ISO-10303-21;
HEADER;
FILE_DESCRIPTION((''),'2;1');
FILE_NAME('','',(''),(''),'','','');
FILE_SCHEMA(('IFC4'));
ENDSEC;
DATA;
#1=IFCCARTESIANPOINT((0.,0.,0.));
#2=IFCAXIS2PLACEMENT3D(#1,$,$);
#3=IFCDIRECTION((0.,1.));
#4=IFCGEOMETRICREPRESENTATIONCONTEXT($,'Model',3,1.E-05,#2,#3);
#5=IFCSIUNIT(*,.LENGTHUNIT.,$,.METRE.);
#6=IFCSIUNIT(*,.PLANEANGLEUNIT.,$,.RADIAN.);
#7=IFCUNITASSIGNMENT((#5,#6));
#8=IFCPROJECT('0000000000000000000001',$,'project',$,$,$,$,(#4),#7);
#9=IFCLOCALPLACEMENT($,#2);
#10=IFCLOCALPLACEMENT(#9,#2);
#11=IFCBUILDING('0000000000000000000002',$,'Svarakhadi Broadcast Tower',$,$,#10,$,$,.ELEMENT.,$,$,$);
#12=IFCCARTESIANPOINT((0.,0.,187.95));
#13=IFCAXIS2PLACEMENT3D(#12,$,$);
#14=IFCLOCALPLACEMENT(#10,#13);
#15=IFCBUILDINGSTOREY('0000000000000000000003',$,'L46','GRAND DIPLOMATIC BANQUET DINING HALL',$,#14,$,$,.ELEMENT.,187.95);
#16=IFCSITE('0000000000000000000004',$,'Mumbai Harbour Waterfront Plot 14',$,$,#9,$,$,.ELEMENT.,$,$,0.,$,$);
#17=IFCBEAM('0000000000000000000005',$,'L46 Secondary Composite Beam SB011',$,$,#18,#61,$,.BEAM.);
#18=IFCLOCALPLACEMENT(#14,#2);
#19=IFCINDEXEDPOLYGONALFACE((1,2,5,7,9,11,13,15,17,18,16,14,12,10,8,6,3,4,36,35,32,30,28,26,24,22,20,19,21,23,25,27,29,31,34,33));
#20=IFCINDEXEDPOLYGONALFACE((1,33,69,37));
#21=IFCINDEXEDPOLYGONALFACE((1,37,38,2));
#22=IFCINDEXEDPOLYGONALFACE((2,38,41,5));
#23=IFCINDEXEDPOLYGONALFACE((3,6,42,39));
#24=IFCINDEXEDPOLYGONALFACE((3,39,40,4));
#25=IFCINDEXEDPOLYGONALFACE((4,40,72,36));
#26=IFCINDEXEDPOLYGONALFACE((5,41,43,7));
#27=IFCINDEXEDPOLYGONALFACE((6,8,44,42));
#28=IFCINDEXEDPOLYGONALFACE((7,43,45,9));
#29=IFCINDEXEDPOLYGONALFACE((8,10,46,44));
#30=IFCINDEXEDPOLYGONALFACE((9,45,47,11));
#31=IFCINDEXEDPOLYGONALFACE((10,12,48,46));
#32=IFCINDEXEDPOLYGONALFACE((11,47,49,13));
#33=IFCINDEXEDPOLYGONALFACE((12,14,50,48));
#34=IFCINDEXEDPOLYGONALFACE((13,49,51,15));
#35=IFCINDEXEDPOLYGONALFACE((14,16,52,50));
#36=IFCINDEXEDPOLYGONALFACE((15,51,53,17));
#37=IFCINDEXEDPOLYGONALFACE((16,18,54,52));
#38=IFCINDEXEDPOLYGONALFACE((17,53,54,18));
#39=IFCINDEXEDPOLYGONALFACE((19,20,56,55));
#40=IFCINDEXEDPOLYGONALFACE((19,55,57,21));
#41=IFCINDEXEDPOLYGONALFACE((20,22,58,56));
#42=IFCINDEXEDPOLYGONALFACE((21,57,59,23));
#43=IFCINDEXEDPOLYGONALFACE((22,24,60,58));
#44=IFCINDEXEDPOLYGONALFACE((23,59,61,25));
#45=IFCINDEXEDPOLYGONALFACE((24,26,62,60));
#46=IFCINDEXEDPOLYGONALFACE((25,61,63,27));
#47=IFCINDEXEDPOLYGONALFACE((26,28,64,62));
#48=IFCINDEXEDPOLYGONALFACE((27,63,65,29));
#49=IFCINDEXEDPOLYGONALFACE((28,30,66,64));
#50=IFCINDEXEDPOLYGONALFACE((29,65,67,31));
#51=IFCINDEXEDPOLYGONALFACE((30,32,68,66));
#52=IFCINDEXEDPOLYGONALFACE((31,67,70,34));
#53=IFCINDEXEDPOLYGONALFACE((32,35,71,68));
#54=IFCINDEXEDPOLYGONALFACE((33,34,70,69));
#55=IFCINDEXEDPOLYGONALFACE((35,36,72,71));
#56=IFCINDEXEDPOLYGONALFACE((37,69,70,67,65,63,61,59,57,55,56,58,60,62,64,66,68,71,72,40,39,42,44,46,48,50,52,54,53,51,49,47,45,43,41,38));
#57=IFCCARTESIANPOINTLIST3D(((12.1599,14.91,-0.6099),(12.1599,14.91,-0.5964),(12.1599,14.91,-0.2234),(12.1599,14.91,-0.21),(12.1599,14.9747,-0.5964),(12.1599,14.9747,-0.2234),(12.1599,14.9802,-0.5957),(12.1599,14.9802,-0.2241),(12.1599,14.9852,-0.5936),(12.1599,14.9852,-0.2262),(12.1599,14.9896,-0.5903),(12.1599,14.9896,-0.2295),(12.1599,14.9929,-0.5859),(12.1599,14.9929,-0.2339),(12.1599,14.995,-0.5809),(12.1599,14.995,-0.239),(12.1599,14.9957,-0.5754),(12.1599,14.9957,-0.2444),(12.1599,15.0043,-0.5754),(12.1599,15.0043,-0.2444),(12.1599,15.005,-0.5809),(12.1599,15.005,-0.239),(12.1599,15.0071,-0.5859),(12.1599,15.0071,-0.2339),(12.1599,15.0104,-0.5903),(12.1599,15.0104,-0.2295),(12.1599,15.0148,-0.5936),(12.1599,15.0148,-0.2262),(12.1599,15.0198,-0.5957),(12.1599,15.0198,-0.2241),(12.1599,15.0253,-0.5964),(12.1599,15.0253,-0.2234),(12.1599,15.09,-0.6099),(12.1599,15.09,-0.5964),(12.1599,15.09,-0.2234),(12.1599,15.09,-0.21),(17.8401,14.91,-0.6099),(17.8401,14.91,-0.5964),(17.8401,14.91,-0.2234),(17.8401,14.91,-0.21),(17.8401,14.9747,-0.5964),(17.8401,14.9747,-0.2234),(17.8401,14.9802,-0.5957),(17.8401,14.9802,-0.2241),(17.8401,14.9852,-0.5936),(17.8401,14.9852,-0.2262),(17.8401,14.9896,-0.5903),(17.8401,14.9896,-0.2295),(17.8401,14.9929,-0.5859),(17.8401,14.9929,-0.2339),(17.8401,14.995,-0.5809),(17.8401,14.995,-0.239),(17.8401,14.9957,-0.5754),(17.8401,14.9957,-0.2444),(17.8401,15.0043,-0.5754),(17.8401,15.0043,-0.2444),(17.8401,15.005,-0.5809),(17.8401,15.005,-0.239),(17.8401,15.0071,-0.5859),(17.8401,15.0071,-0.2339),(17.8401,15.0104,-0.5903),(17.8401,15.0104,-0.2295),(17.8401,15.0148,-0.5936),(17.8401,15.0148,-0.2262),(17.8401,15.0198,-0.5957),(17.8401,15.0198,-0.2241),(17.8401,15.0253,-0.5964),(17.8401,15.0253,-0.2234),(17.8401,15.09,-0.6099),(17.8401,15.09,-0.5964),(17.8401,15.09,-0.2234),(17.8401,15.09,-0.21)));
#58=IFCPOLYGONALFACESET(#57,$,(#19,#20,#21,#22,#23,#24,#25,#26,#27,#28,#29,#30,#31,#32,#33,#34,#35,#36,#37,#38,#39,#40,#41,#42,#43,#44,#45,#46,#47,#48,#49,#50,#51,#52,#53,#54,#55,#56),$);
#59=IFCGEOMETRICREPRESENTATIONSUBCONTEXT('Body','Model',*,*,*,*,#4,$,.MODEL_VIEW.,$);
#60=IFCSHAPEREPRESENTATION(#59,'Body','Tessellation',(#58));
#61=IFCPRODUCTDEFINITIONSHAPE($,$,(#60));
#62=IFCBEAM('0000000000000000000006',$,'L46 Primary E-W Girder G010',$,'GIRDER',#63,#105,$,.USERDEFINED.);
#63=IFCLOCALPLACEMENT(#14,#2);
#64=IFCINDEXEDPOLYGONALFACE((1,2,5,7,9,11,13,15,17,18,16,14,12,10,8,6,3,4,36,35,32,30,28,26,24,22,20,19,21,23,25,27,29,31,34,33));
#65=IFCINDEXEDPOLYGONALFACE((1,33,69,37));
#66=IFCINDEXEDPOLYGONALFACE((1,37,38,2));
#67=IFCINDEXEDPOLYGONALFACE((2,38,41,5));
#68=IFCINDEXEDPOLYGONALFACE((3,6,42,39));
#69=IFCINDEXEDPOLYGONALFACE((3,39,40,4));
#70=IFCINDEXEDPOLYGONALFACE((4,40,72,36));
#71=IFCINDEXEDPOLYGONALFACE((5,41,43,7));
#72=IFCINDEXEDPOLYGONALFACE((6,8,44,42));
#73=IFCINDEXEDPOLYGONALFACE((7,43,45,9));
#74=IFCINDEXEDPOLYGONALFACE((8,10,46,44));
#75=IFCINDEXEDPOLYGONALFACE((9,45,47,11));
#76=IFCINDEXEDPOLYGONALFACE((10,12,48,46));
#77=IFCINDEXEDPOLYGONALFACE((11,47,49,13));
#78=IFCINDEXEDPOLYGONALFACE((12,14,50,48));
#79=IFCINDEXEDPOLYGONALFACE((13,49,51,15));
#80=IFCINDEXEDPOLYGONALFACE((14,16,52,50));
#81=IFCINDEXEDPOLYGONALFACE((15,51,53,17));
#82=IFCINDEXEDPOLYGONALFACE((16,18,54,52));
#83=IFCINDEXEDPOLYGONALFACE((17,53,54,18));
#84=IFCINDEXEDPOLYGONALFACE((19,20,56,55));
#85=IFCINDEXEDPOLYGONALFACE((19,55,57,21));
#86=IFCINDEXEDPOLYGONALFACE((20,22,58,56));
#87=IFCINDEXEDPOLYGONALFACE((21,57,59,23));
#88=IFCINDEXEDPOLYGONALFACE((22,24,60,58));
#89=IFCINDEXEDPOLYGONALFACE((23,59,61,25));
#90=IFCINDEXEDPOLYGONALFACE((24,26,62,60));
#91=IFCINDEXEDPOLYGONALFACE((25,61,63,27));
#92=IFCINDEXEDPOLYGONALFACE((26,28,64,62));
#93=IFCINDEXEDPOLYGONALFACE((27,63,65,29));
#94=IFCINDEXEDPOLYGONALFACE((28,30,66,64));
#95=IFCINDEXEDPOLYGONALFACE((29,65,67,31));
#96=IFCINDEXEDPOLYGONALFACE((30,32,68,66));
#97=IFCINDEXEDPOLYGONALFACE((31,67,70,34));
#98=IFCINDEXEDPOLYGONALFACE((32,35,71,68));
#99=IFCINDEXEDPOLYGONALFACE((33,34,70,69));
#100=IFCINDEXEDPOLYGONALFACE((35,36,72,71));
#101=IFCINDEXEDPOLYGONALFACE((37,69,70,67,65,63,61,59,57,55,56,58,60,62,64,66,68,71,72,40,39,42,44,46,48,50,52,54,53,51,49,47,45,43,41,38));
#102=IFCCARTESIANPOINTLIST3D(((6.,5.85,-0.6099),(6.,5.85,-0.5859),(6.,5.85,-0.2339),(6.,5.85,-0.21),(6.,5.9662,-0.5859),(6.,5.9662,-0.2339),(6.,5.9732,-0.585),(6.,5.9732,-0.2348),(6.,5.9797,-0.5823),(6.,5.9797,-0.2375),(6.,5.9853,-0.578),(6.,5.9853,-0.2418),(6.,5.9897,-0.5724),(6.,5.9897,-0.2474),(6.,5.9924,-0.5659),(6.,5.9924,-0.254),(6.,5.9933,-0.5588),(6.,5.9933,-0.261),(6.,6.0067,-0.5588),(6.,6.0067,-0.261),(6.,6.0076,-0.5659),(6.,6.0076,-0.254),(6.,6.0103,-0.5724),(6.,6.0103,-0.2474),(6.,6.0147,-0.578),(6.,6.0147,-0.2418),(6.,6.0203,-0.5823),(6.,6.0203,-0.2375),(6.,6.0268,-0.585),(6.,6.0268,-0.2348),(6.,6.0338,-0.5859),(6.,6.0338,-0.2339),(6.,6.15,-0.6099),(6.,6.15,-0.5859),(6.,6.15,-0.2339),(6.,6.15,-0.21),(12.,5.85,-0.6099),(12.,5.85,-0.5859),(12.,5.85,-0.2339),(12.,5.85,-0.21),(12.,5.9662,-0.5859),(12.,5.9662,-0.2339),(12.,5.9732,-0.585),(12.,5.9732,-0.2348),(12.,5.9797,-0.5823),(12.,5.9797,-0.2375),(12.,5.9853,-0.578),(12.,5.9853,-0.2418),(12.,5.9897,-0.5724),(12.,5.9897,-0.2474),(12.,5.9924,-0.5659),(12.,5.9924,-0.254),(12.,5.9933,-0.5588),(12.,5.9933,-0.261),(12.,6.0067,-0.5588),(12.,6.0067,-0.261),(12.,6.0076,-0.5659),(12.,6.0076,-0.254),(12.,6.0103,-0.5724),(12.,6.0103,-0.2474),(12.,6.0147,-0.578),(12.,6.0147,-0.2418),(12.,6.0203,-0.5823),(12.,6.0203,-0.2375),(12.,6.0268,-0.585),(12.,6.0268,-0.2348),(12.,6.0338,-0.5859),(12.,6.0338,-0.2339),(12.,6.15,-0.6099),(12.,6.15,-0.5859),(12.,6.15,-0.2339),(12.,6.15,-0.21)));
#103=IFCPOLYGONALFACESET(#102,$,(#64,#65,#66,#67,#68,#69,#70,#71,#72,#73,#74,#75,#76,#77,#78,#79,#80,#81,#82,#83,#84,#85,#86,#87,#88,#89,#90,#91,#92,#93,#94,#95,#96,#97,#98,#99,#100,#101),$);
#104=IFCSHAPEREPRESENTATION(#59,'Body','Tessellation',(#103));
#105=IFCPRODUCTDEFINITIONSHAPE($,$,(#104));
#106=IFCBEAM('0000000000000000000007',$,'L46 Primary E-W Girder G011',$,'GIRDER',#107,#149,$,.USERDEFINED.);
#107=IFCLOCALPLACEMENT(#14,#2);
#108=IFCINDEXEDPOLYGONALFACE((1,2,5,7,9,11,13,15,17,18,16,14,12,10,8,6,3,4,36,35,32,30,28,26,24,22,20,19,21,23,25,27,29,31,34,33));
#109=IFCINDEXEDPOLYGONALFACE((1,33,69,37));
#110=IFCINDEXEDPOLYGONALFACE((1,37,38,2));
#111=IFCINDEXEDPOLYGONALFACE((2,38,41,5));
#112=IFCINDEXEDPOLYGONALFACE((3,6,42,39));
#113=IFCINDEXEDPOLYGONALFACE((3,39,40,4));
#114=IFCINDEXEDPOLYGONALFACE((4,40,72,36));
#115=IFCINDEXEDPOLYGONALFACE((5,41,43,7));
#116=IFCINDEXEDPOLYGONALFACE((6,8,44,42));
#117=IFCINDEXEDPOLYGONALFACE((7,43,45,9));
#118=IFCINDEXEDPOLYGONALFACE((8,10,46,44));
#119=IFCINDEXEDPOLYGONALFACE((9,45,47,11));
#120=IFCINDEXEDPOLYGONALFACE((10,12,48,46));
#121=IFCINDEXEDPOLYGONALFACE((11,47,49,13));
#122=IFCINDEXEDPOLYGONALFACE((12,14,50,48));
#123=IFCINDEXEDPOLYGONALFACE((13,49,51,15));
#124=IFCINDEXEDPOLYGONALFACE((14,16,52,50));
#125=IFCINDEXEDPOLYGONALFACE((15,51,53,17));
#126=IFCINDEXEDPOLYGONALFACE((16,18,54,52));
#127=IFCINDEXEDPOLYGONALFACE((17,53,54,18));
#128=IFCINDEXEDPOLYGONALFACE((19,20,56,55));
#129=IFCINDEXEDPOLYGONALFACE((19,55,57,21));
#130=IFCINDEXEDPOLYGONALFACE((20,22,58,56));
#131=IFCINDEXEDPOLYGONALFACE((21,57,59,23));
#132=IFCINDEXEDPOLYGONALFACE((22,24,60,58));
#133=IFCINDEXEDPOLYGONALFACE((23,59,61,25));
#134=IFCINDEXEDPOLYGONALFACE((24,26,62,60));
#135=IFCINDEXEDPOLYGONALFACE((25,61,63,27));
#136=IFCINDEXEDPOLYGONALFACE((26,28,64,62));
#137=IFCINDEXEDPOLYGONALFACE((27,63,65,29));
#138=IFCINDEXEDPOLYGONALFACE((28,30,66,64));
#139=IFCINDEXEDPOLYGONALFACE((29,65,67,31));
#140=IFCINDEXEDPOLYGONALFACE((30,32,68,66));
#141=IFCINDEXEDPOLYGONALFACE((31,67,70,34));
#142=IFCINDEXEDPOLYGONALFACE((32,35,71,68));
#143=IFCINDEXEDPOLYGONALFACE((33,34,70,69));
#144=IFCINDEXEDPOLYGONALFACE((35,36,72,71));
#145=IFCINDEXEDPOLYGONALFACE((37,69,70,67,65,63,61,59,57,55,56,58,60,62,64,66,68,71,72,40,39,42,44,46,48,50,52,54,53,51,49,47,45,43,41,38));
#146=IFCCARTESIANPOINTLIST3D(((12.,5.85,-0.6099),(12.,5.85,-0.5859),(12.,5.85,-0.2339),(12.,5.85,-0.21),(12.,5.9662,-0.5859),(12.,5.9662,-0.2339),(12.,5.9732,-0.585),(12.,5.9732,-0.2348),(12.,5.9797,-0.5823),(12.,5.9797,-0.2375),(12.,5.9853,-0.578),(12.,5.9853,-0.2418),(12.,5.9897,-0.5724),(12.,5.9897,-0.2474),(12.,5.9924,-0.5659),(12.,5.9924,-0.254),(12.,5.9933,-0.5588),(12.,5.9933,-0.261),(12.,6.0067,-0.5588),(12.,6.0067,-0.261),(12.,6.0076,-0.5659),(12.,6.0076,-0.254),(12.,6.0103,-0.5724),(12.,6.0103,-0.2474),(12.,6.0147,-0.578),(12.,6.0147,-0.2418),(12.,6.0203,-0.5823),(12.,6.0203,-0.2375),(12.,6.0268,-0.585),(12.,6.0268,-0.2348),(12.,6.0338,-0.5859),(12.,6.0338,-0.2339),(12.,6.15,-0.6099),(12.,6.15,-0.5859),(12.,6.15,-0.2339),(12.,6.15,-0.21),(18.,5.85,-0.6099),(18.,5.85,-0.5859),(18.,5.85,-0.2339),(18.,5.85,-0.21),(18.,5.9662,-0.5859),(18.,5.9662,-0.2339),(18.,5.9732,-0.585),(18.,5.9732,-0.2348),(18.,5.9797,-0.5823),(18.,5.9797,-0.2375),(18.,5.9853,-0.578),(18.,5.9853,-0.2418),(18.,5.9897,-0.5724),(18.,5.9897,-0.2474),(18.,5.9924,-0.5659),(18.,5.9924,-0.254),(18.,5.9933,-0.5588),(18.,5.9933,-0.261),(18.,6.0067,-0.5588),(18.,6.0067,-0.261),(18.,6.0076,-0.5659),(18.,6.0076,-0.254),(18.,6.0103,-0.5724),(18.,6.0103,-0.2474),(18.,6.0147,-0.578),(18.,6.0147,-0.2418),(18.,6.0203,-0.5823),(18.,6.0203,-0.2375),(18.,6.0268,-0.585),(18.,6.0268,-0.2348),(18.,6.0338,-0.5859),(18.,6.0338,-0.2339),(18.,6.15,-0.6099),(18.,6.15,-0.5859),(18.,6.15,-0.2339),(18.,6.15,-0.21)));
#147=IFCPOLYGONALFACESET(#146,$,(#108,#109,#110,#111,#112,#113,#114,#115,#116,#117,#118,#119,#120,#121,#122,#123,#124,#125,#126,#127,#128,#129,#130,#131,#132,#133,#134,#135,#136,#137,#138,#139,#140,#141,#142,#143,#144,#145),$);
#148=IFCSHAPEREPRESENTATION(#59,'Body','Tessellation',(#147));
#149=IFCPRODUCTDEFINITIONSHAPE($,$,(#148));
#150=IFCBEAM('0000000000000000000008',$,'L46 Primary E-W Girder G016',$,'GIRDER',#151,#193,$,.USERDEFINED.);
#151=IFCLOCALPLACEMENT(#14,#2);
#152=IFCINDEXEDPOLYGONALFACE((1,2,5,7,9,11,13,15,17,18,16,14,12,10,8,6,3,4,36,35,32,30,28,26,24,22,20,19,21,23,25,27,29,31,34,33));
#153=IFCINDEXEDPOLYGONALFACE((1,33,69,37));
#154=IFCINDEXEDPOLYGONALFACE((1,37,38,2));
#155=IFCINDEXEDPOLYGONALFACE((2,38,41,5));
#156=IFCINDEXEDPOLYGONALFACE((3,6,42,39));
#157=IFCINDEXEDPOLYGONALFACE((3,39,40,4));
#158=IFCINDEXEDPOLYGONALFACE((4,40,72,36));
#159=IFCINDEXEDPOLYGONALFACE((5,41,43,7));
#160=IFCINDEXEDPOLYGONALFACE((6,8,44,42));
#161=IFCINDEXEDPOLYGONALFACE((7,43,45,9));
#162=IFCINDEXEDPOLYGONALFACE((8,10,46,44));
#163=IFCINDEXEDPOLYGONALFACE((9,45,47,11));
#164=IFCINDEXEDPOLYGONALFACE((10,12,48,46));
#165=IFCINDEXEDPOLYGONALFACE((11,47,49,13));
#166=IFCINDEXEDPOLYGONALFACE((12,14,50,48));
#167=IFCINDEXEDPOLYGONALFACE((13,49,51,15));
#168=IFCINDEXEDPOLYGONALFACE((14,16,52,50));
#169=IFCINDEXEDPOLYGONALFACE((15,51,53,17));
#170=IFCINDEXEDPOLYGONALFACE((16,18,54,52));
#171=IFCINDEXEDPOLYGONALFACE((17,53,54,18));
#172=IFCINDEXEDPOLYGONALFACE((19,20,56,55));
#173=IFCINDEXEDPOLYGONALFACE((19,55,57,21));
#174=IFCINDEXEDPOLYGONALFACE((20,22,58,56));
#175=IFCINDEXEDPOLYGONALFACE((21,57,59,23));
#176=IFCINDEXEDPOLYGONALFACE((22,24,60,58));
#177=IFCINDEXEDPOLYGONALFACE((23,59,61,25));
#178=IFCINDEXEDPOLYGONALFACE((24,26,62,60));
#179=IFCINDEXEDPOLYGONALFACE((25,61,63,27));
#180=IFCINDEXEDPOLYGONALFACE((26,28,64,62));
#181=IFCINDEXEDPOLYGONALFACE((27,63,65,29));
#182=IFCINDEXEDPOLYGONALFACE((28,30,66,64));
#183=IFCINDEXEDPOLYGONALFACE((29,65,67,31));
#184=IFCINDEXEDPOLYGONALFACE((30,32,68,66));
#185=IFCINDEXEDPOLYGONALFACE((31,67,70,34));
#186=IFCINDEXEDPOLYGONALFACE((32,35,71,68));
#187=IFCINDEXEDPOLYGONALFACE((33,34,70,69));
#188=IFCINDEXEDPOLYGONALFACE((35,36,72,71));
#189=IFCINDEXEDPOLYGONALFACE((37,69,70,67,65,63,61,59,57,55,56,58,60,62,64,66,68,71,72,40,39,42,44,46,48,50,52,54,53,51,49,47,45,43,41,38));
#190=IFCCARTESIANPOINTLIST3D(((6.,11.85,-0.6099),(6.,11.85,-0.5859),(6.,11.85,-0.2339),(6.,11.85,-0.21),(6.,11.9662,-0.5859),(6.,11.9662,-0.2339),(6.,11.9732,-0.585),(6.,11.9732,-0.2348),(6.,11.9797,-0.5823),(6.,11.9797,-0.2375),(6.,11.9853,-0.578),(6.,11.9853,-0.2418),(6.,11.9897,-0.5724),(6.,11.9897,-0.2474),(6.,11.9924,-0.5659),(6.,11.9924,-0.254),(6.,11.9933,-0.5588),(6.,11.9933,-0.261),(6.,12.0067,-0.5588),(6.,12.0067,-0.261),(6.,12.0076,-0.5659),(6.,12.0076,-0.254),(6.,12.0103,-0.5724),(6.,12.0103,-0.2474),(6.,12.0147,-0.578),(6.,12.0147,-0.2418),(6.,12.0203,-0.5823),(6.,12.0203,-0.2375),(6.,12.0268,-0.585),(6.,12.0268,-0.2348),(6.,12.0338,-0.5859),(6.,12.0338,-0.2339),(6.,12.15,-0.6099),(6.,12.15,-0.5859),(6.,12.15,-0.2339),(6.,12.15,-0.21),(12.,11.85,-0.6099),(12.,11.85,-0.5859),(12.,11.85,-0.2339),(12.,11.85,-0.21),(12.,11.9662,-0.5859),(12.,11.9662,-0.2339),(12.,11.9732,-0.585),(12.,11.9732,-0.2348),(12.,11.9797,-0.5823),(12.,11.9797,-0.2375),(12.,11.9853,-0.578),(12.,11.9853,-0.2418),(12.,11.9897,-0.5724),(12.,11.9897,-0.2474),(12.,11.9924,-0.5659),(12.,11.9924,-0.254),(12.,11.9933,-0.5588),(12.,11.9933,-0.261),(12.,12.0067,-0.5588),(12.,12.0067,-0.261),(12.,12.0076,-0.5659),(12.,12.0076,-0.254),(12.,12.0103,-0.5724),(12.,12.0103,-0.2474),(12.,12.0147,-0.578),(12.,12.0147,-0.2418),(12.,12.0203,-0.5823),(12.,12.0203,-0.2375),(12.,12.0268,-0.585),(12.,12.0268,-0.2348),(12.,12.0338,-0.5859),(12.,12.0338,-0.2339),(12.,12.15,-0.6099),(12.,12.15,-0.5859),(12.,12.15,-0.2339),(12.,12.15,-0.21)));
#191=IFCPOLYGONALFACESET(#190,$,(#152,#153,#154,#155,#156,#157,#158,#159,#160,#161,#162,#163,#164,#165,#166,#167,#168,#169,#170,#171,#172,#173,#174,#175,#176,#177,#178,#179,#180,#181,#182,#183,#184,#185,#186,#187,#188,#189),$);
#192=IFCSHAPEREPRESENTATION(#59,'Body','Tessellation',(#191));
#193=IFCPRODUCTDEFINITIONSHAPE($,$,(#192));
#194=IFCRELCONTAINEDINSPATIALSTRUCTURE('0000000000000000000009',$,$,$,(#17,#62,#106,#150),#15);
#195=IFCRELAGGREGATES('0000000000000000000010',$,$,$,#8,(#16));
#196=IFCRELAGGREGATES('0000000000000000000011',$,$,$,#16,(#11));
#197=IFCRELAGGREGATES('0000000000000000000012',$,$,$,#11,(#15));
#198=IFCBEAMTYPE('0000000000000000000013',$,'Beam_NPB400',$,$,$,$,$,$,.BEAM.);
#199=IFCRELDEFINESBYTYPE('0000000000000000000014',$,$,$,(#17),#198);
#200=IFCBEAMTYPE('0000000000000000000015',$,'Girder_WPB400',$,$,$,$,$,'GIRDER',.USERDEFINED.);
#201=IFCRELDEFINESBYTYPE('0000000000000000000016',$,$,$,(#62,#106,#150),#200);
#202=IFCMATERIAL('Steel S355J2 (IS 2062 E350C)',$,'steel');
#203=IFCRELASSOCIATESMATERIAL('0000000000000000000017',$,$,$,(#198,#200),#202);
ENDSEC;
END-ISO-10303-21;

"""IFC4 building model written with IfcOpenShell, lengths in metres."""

from ifc_helpers import new_model, si_unit, direction, frame, origin, origin_2d, place, context, subcontext, project, spatial, i_section, extrude, material, material_profile, profile_set, type_object, element, save


model = new_model("IFC4")

# Units and contexts
model_context = context("Model", 3, precision=1e-05, world=origin(), true_north=direction((0.0, 1.0)))
body_context = subcontext(model_context, "Body", "Model", "MODEL_VIEW")
ifc_project = project(units=[si_unit("LENGTHUNIT", "METRE"), si_unit("PLANEANGLEUNIT", "RADIAN")], contexts=[model_context])

# Site, building, storey
site_placement = place(None, origin())
site = spatial("IfcSite", under=ifc_project, at=site_placement, Name="Mumbai Harbour Waterfront Plot 14", CompositionType="ELEMENT", RefElevation=0.0)
building_placement = place(site_placement, origin())
building = spatial("IfcBuilding", under=site, at=building_placement, Name="Svarakhadi Broadcast Tower", CompositionType="ELEMENT")
storey_placement = place(building_placement, frame((0.0, 0.0, 187.95)))
storey = spatial("IfcBuildingStorey", under=building, at=storey_placement, Name="L46", Description="GRAND DIPLOMATIC BANQUET DINING HALL", CompositionType="ELEMENT", Elevation=187.95)

# Beams
ifc_material_1 = material(Name="Steel S355J2 (IS 2062 E350C)", Category="steel")
ifc_material_profile_1 = material_profile(ifc_material_1, i_section(OverallWidth=0.1799, OverallDepth=0.3999, WebThickness=0.0085, FlangeThickness=0.0134, FilletRadius=0.021, at=origin_2d()), Name="NPB 400x180x66")
ifc_profile_set_1 = profile_set([ifc_material_profile_1], Name="Steel S355J2 (IS 2062 E350C)")
beam_type_1 = type_object("IfcBeamType", Name="Beam_NPB400", PredefinedType="BEAM", material=ifc_profile_set_1)
for number, where, z_axis, x_axis, name in (
    (1, (12.1599, 15.0, -0.4099), (1.0, 0.0, 0.0), (0.0, 1.0, 0.0), "L46 Secondary Composite Beam SB011"),
):
    element("IfcBeam", number, at=place(storey_placement, frame(where, z_axis=z_axis, x_axis=x_axis)), inside=storey, type_object=beam_type_1, Name=name, PredefinedType="BEAM", context=body_context, shape_type="SweptSolid", body=[
        extrude(i_section(OverallWidth=0.1799, OverallDepth=0.3999, WebThickness=0.0085, FlangeThickness=0.0134, FilletRadius=0.021, at=origin_2d()), origin(), (0.0, 0.0, 1.0), 5.6802),
    ])
ifc_material_profile_2 = material_profile(ifc_material_1, i_section(OverallWidth=0.3, OverallDepth=0.3999, WebThickness=0.0134, FlangeThickness=0.0239, FilletRadius=0.0271, at=origin_2d()), Name="WPB 400x300x155")
ifc_profile_set_2 = profile_set([ifc_material_profile_2], Name="Steel S355J2 (IS 2062 E350C)")
beam_type_2 = type_object("IfcBeamType", Name="Girder_WPB400", ElementType="GIRDER", PredefinedType="USERDEFINED", material=ifc_profile_set_2)
for number, where, z_axis, x_axis, name in (
    (2, (6.0, 6.0, -0.4099), (1.0, 0.0, 0.0), (0.0, 1.0, 0.0), "L46 Primary E-W Girder G010"),
    (3, (12.0, 6.0, -0.4099), (1.0, 0.0, 0.0), (0.0, 1.0, 0.0), "L46 Primary E-W Girder G011"),
    (4, (6.0, 12.0, -0.4099), (1.0, 0.0, 0.0), (0.0, 1.0, 0.0), "L46 Primary E-W Girder G016"),
):
    element("IfcBeam", number, at=place(storey_placement, frame(where, z_axis=z_axis, x_axis=x_axis)), inside=storey, type_object=beam_type_2, Name=name, ObjectType="GIRDER", PredefinedType="USERDEFINED", context=body_context, shape_type="SweptSolid", body=[
        extrude(i_section(OverallWidth=0.3, OverallDepth=0.3999, WebThickness=0.0134, FlangeThickness=0.0239, FilletRadius=0.0271, at=origin_2d()), origin(), (0.0, 0.0, 1.0), 6.0),
    ])

save(model, "model.ifc")
